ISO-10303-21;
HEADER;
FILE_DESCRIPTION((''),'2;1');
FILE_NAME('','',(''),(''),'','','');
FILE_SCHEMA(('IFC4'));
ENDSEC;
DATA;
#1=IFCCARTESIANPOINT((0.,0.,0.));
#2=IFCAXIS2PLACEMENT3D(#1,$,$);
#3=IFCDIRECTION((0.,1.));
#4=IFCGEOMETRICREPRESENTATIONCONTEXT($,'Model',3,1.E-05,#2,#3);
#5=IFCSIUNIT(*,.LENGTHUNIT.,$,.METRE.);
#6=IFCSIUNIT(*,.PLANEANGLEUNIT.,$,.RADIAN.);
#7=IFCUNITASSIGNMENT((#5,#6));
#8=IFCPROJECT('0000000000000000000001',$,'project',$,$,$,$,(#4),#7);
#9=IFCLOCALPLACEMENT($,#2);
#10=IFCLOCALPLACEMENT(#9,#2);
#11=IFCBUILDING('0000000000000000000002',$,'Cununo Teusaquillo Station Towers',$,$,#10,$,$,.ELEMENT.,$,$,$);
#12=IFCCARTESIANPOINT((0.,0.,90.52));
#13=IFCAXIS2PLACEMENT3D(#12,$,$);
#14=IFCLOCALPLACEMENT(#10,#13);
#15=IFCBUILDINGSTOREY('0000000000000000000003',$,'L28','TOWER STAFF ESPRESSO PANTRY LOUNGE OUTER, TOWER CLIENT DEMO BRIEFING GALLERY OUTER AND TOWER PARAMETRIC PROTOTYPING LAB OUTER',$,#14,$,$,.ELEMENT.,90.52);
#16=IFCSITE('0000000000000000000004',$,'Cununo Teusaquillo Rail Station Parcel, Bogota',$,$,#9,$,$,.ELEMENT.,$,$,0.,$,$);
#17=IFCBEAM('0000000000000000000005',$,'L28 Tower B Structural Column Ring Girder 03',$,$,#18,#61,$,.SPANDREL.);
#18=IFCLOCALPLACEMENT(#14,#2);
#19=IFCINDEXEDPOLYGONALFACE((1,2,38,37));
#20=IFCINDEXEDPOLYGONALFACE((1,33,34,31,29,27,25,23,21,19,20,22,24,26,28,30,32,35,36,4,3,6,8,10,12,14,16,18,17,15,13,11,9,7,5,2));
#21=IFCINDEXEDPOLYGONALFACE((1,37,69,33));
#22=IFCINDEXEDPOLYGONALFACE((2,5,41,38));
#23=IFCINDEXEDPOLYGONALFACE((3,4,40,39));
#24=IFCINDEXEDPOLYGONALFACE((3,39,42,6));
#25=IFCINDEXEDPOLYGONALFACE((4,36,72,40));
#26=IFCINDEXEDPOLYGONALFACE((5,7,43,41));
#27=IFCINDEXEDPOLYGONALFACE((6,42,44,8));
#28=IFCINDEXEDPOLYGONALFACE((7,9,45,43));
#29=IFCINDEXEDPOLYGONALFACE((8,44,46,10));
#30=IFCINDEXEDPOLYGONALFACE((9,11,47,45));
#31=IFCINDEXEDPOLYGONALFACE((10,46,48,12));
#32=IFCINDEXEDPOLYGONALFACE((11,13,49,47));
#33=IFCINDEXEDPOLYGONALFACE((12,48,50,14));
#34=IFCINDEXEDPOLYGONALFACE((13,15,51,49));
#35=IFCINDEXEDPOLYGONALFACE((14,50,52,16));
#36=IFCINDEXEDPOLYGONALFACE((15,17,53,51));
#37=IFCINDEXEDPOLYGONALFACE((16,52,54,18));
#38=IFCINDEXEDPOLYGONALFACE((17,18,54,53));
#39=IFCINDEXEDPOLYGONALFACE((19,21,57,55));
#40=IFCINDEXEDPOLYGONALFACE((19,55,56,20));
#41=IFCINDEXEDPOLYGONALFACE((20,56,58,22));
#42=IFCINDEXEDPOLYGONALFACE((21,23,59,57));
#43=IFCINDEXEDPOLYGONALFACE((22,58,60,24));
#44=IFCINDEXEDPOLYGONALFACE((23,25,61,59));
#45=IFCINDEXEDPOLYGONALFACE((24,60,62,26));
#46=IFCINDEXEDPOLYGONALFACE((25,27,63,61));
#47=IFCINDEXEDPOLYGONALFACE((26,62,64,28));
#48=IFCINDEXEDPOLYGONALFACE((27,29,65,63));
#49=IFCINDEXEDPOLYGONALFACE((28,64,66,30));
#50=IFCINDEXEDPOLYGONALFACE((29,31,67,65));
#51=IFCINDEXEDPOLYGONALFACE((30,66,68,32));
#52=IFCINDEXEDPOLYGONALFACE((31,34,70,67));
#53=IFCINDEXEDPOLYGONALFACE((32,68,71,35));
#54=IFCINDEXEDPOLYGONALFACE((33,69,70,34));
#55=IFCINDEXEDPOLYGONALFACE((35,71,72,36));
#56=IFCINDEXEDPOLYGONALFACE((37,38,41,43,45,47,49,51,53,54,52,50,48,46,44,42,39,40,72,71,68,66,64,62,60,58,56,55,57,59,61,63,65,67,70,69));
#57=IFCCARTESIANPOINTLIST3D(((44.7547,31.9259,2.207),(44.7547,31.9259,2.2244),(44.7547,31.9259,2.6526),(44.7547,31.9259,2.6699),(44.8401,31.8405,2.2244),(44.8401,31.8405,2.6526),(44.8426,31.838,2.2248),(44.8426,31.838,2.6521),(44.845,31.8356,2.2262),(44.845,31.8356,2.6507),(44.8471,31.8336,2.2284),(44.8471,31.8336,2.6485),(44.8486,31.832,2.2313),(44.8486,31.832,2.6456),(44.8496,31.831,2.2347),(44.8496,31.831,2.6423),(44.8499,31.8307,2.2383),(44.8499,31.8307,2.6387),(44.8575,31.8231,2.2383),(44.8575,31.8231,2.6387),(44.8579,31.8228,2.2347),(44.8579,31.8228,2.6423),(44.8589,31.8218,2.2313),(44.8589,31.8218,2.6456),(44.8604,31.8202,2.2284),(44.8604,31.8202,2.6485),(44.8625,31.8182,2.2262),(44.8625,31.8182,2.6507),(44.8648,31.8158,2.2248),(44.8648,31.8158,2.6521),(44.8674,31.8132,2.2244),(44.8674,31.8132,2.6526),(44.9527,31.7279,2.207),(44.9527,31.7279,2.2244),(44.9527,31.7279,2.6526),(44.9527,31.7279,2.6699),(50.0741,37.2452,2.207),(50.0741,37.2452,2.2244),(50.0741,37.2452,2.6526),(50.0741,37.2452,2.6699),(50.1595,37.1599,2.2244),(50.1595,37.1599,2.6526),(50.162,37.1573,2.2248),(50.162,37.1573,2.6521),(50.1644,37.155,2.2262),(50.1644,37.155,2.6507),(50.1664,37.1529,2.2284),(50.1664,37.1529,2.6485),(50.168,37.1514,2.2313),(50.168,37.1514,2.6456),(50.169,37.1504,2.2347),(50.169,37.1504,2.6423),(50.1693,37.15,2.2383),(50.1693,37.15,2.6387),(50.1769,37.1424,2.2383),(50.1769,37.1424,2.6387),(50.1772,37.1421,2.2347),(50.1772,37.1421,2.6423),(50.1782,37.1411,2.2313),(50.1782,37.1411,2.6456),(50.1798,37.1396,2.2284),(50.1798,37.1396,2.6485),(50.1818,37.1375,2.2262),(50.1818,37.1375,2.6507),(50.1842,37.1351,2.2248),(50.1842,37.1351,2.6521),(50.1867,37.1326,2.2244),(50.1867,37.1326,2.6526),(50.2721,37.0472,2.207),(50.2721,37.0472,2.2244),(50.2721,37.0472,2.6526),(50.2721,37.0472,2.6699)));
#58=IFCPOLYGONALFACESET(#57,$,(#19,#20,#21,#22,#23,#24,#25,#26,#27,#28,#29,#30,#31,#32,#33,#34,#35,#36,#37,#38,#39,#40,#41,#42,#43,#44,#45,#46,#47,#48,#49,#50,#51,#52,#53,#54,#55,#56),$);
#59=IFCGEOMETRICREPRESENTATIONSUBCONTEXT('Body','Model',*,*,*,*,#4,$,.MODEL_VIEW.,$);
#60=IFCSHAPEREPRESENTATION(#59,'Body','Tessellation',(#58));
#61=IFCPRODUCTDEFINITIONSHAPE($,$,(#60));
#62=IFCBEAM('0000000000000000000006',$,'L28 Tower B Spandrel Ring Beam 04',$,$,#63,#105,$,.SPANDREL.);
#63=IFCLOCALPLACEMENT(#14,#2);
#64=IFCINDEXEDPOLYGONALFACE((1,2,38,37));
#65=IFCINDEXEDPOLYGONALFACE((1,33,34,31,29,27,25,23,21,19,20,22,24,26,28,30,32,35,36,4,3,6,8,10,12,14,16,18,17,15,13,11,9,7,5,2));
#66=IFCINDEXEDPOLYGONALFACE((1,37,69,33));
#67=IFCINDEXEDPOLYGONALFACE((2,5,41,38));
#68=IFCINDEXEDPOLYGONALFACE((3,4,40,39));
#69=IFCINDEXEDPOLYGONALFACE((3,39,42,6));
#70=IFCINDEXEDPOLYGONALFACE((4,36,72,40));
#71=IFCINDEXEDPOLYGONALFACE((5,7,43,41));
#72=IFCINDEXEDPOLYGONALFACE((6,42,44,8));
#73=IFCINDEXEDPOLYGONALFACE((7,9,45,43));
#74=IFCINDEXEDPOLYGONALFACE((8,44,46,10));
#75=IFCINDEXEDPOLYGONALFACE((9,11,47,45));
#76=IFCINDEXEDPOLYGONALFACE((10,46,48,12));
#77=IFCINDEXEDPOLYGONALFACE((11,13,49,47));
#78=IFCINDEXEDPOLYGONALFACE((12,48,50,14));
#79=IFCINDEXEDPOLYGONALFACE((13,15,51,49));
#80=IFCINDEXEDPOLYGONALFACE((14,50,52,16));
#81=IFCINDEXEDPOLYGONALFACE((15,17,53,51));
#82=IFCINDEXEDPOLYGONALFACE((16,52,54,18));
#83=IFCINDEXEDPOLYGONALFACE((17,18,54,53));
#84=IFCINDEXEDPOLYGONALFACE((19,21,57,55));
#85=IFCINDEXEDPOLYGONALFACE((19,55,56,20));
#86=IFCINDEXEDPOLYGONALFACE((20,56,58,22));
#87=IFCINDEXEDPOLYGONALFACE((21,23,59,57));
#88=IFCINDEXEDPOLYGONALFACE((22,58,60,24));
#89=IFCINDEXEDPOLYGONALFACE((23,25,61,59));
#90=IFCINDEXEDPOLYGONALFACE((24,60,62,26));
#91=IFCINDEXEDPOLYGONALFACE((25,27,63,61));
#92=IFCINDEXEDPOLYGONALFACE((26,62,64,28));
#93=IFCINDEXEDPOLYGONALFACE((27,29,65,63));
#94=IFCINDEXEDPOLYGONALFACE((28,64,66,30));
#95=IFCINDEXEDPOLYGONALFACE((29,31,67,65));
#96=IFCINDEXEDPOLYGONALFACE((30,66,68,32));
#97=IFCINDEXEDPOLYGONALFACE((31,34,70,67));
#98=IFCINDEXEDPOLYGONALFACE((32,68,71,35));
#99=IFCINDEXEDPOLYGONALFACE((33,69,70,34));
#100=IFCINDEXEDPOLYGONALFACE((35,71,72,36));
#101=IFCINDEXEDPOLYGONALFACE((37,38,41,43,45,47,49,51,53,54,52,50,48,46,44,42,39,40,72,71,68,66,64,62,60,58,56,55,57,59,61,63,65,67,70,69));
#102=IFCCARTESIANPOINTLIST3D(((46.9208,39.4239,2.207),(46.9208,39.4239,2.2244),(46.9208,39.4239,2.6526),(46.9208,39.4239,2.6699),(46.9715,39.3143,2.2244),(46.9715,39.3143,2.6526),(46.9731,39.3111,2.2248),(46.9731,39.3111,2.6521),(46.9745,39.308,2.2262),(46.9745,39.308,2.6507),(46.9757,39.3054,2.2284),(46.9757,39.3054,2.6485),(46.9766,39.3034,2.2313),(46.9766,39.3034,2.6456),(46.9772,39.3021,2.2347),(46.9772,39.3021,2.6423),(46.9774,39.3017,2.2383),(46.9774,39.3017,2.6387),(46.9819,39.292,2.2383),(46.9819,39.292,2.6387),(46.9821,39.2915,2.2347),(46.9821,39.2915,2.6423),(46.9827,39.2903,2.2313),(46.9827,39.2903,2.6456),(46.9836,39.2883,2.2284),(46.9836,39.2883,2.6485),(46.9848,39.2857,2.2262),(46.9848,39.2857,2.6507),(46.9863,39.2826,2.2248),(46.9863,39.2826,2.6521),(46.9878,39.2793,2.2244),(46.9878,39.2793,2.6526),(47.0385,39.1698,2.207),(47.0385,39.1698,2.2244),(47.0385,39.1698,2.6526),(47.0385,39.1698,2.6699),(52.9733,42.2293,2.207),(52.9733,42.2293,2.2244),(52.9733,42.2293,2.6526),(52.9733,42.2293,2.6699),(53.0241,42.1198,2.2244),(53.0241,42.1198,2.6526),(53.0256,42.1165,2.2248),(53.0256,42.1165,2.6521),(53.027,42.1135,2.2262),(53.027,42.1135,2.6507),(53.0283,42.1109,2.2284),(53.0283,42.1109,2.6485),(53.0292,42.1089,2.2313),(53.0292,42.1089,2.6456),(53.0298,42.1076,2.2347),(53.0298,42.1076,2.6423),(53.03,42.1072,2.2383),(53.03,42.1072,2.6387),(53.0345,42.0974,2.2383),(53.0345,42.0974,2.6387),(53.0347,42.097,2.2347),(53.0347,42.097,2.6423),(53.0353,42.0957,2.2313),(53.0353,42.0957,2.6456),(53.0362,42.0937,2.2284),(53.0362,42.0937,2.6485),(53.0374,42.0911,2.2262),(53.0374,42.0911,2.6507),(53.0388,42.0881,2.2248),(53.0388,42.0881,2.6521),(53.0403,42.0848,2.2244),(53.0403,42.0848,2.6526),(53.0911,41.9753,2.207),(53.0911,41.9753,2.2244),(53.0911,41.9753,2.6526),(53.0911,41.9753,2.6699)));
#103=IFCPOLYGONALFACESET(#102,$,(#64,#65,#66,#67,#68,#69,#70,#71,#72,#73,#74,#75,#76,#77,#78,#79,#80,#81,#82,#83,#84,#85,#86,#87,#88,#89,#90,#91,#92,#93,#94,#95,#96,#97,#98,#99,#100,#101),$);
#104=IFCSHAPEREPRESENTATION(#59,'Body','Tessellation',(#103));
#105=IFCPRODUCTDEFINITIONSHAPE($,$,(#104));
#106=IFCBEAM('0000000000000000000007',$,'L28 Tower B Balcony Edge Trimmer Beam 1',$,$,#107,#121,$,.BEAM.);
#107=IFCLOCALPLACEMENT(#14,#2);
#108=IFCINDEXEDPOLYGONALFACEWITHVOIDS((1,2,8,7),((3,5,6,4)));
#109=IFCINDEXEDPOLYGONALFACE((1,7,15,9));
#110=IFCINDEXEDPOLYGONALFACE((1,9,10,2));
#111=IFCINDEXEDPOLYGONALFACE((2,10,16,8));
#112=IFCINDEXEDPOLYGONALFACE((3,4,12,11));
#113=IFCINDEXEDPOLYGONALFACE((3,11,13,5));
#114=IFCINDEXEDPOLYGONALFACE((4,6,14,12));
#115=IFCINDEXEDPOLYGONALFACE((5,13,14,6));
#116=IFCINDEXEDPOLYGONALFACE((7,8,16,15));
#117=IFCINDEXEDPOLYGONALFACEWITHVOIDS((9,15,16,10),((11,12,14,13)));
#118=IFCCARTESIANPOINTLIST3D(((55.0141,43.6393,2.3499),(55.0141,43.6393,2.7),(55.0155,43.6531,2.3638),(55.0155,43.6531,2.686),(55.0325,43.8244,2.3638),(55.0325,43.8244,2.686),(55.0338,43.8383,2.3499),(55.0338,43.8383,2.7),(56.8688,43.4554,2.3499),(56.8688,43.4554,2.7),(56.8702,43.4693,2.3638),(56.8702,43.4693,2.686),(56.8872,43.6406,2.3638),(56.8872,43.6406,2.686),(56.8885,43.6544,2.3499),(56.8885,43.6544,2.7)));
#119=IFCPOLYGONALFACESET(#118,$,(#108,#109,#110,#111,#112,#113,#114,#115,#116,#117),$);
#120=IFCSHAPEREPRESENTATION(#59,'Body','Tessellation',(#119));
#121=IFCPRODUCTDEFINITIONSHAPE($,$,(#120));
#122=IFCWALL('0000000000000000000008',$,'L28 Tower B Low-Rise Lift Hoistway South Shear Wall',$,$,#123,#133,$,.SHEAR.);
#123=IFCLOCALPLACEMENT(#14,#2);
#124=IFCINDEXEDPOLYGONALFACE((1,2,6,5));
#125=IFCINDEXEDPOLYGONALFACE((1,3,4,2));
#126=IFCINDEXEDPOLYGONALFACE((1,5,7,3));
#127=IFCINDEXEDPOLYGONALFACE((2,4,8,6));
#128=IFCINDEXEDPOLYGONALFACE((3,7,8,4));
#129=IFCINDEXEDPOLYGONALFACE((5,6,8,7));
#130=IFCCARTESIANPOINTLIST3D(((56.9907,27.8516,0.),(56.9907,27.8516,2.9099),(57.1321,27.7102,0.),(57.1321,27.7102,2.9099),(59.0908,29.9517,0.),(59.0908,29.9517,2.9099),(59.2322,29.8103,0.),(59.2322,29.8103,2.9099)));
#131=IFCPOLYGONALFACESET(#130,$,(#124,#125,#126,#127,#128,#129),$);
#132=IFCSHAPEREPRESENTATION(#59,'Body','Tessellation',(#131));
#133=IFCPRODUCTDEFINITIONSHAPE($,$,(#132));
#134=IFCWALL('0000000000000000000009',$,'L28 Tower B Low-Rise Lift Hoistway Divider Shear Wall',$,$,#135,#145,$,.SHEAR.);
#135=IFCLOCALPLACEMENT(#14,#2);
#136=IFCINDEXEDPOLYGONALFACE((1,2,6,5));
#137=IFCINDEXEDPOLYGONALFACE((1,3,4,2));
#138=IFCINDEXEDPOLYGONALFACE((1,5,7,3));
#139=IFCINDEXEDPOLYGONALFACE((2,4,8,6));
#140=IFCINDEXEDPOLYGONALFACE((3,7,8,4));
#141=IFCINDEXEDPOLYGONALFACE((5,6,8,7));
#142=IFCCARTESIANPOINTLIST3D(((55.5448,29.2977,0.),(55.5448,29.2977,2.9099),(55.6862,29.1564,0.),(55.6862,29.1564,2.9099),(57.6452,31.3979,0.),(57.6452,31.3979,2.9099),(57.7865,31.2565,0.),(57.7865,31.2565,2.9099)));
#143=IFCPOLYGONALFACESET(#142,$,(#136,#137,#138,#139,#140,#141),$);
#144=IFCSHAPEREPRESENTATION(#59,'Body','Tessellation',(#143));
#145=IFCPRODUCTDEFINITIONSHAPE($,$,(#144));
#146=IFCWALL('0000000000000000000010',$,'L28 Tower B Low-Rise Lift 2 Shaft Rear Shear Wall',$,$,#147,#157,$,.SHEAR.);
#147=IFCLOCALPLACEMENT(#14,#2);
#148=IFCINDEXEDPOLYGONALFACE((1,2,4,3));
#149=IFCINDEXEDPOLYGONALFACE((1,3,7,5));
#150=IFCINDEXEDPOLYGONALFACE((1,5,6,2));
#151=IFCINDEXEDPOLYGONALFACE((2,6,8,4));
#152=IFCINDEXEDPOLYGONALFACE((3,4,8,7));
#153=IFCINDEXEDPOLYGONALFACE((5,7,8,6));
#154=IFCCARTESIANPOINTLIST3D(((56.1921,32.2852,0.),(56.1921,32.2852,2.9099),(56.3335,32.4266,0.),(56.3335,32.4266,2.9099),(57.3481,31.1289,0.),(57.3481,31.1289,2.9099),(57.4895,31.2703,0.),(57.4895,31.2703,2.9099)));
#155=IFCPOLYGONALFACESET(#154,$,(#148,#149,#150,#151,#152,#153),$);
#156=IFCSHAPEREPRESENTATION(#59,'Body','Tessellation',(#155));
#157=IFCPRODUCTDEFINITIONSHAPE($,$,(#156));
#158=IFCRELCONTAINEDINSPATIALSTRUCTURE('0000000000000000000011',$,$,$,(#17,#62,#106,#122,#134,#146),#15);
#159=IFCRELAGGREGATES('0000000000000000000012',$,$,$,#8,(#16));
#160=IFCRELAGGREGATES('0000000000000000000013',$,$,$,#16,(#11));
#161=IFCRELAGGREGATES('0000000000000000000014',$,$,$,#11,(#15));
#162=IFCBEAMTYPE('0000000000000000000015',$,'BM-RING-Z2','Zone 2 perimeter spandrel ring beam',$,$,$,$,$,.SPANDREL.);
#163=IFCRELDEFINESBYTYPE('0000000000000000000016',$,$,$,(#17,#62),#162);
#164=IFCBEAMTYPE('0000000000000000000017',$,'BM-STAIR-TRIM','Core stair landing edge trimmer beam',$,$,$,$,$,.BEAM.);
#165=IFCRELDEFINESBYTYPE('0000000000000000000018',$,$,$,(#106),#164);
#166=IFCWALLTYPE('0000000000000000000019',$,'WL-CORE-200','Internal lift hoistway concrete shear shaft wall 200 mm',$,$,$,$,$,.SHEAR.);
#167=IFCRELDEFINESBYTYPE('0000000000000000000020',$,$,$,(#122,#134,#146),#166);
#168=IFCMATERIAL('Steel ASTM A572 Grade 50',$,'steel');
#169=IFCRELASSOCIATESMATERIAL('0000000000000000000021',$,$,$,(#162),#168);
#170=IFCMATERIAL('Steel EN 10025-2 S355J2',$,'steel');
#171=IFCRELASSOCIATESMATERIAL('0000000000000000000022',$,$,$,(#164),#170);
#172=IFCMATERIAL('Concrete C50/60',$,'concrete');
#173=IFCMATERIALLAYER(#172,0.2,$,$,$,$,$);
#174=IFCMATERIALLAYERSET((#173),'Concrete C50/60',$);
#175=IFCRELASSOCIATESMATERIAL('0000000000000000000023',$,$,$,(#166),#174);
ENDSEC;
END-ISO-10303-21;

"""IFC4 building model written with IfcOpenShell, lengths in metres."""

from ifc_helpers import new_model, si_unit, direction, frame, frame_2d, origin, origin_2d, place, context, subcontext, project, spatial, rectangle, hollow_rectangle, i_section, extrude, material, layer, layer_set, material_profile, profile_set, type_object, element, save


model = new_model("IFC4")

# Units and contexts
model_context = context("Model", 3, precision=1e-05, world=origin(), true_north=direction((0.0, 1.0)))
body_context = subcontext(model_context, "Body", "Model", "MODEL_VIEW")
ifc_project = project(units=[si_unit("LENGTHUNIT", "METRE"), si_unit("PLANEANGLEUNIT", "RADIAN")], contexts=[model_context])

# Site, building, storey
site_placement = place(None, origin())
site = spatial("IfcSite", under=ifc_project, at=site_placement, Name="Cununo Teusaquillo Rail Station Parcel, Bogota", CompositionType="ELEMENT", RefElevation=0.0)
building_placement = place(site_placement, origin())
building = spatial("IfcBuilding", under=site, at=building_placement, Name="Cununo Teusaquillo Station Towers", CompositionType="ELEMENT")
storey_placement = place(building_placement, frame((0.0, 0.0, 90.52)))
storey = spatial("IfcBuildingStorey", under=building, at=storey_placement, Name="L28", Description="TOWER STAFF ESPRESSO PANTRY LOUNGE OUTER, TOWER CLIENT DEMO BRIEFING GALLERY OUTER AND TOWER PARAMETRIC PROTOTYPING LAB OUTER", CompositionType="ELEMENT", Elevation=90.52)

# Beams
ifc_material_1 = material(Name="Steel ASTM A572 Grade 50", Category="steel")
ifc_material_profile_1 = material_profile(ifc_material_1, i_section(OverallWidth=0.28, OverallDepth=0.4629, WebThickness=0.0107, FlangeThickness=0.0173, FilletRadius=0.0139, at=origin_2d()), Name="W18X76")
ifc_profile_set_1 = profile_set([ifc_material_profile_1], Name="Steel ASTM A572 Grade 50")
beam_type_1 = type_object("IfcBeamType", Name="BM-RING-Z2", Description="Zone 2 perimeter spandrel ring beam", PredefinedType="SPANDREL", material=ifc_profile_set_1)
beam_1_placement = place(storey_placement, frame((50.1731, 37.1462, 2.4385), z_axis=(-0.707107, -0.707107, 0.0), x_axis=(0.707107, -0.707107, 0.0)))
element("IfcBeam", 1, at=beam_1_placement, inside=storey, type_object=beam_type_1, Name="L28 Tower B Structural Column Ring Girder 03", PredefinedType="SPANDREL", context=body_context, shape_type="SweptSolid", body=[
    extrude(i_section(OverallWidth=0.28, OverallDepth=0.4629, WebThickness=0.0107, FlangeThickness=0.0173, FilletRadius=0.0139, at=origin_2d()), origin(), (0.0, 0.0, 1.0), 7.5227),
])
beam_2_placement = place(storey_placement, frame((53.0322, 42.1023, 2.4385), z_axis=(-0.907276, -0.420536, 0.0), x_axis=(0.420536, -0.907276, 0.0)))
element("IfcBeam", 2, at=beam_2_placement, inside=storey, type_object=beam_type_1, Name="L28 Tower B Spandrel Ring Beam 04", PredefinedType="SPANDREL", context=body_context, shape_type="SweptSolid", body=[
    extrude(i_section(OverallWidth=0.28, OverallDepth=0.4629, WebThickness=0.0107, FlangeThickness=0.0173, FilletRadius=0.0139, at=origin_2d()), origin(), (0.0, 0.0, 1.0), 6.6711),
])
ifc_material_2 = material(Name="Steel EN 10025-2 S355J2", Category="steel")
ifc_material_profile_2 = material_profile(ifc_material_2, hollow_rectangle(XDim=0.2, YDim=0.3501, WallThickness=0.0139, at=origin_2d()), Name="RHS 350x200x14")
ifc_profile_set_2 = profile_set([ifc_material_profile_2], Name="Steel EN 10025-2 S355J2")
beam_type_2 = type_object("IfcBeamType", Name="BM-STAIR-TRIM", Description="Core stair landing edge trimmer beam", PredefinedType="BEAM", material=ifc_profile_set_2)
beam_3_placement = place(storey_placement, frame((56.8787, 43.5549, 2.5249), z_axis=(-0.995124, 0.098635, 0.0), x_axis=(-0.098635, -0.995124, 0.0)))
element("IfcBeam", 3, at=beam_3_placement, inside=storey, type_object=beam_type_2, Name="L28 Tower B Balcony Edge Trimmer Beam 1", PredefinedType="BEAM", context=body_context, shape_type="SweptSolid", body=[
    extrude(hollow_rectangle(XDim=0.2, YDim=0.3501, WallThickness=0.0139, at=origin_2d()), origin(), (0.0, 0.0, 1.0), 1.8638),
])

# Walls
ifc_material_3 = material(Name="Concrete C50/60", Category="concrete")
ifc_layer_1 = layer(ifc_material_3, 0.2)
ifc_layer_set_1 = layer_set([ifc_layer_1], Name="Concrete C50/60")
wall_type_1 = type_object("IfcWallType", Name="WL-CORE-200", Description="Internal lift hoistway concrete shear shaft wall 200 mm", PredefinedType="SHEAR", material=ifc_layer_set_1)
wall_1_placement = place(storey_placement, frame((57.0615, 27.781, 0.0), z_axis=(0.0, 0.0, 1.0), x_axis=(0.707107, 0.707107, 0.0)))
element("IfcWall", 4, at=wall_1_placement, inside=storey, type_object=wall_type_1, Name="L28 Tower B Low-Rise Lift Hoistway South Shear Wall", PredefinedType="SHEAR", context=body_context, shape_type="SweptSolid", body=[
    extrude(rectangle(XDim=2.97, YDim=0.2, at=frame_2d((1.4849, 0.0))), origin(), (0.0, 0.0, 1.0), 2.9099),
])
wall_2_placement = place(storey_placement, frame((55.6155, 29.2271, 0.0), z_axis=(0.0, 0.0, 1.0), x_axis=(0.707148, 0.707066, 0.0)))
element("IfcWall", 5, at=wall_2_placement, inside=storey, type_object=wall_type_1, Name="L28 Tower B Low-Rise Lift Hoistway Divider Shear Wall", PredefinedType="SHEAR", context=body_context, shape_type="SweptSolid", body=[
    extrude(rectangle(XDim=2.9702, YDim=0.2, at=frame_2d((1.4851, 0.0))), origin(), (0.0, 0.0, 1.0), 2.9099),
])
wall_3_placement = place(storey_placement, frame((57.4187, 31.1997, 0.0), z_axis=(0.0, 0.0, 1.0), x_axis=(-0.707032, 0.707181, 0.0)))
element("IfcWall", 6, at=wall_3_placement, inside=storey, type_object=wall_type_1, Name="L28 Tower B Low-Rise Lift 2 Shaft Rear Shear Wall", PredefinedType="SHEAR", context=body_context, shape_type="SweptSolid", body=[
    extrude(rectangle(XDim=1.635, YDim=0.2, at=frame_2d((0.8174, 0.0))), origin(), (0.0, 0.0, 1.0), 2.9099),
])

save(model, "model.ifc")
